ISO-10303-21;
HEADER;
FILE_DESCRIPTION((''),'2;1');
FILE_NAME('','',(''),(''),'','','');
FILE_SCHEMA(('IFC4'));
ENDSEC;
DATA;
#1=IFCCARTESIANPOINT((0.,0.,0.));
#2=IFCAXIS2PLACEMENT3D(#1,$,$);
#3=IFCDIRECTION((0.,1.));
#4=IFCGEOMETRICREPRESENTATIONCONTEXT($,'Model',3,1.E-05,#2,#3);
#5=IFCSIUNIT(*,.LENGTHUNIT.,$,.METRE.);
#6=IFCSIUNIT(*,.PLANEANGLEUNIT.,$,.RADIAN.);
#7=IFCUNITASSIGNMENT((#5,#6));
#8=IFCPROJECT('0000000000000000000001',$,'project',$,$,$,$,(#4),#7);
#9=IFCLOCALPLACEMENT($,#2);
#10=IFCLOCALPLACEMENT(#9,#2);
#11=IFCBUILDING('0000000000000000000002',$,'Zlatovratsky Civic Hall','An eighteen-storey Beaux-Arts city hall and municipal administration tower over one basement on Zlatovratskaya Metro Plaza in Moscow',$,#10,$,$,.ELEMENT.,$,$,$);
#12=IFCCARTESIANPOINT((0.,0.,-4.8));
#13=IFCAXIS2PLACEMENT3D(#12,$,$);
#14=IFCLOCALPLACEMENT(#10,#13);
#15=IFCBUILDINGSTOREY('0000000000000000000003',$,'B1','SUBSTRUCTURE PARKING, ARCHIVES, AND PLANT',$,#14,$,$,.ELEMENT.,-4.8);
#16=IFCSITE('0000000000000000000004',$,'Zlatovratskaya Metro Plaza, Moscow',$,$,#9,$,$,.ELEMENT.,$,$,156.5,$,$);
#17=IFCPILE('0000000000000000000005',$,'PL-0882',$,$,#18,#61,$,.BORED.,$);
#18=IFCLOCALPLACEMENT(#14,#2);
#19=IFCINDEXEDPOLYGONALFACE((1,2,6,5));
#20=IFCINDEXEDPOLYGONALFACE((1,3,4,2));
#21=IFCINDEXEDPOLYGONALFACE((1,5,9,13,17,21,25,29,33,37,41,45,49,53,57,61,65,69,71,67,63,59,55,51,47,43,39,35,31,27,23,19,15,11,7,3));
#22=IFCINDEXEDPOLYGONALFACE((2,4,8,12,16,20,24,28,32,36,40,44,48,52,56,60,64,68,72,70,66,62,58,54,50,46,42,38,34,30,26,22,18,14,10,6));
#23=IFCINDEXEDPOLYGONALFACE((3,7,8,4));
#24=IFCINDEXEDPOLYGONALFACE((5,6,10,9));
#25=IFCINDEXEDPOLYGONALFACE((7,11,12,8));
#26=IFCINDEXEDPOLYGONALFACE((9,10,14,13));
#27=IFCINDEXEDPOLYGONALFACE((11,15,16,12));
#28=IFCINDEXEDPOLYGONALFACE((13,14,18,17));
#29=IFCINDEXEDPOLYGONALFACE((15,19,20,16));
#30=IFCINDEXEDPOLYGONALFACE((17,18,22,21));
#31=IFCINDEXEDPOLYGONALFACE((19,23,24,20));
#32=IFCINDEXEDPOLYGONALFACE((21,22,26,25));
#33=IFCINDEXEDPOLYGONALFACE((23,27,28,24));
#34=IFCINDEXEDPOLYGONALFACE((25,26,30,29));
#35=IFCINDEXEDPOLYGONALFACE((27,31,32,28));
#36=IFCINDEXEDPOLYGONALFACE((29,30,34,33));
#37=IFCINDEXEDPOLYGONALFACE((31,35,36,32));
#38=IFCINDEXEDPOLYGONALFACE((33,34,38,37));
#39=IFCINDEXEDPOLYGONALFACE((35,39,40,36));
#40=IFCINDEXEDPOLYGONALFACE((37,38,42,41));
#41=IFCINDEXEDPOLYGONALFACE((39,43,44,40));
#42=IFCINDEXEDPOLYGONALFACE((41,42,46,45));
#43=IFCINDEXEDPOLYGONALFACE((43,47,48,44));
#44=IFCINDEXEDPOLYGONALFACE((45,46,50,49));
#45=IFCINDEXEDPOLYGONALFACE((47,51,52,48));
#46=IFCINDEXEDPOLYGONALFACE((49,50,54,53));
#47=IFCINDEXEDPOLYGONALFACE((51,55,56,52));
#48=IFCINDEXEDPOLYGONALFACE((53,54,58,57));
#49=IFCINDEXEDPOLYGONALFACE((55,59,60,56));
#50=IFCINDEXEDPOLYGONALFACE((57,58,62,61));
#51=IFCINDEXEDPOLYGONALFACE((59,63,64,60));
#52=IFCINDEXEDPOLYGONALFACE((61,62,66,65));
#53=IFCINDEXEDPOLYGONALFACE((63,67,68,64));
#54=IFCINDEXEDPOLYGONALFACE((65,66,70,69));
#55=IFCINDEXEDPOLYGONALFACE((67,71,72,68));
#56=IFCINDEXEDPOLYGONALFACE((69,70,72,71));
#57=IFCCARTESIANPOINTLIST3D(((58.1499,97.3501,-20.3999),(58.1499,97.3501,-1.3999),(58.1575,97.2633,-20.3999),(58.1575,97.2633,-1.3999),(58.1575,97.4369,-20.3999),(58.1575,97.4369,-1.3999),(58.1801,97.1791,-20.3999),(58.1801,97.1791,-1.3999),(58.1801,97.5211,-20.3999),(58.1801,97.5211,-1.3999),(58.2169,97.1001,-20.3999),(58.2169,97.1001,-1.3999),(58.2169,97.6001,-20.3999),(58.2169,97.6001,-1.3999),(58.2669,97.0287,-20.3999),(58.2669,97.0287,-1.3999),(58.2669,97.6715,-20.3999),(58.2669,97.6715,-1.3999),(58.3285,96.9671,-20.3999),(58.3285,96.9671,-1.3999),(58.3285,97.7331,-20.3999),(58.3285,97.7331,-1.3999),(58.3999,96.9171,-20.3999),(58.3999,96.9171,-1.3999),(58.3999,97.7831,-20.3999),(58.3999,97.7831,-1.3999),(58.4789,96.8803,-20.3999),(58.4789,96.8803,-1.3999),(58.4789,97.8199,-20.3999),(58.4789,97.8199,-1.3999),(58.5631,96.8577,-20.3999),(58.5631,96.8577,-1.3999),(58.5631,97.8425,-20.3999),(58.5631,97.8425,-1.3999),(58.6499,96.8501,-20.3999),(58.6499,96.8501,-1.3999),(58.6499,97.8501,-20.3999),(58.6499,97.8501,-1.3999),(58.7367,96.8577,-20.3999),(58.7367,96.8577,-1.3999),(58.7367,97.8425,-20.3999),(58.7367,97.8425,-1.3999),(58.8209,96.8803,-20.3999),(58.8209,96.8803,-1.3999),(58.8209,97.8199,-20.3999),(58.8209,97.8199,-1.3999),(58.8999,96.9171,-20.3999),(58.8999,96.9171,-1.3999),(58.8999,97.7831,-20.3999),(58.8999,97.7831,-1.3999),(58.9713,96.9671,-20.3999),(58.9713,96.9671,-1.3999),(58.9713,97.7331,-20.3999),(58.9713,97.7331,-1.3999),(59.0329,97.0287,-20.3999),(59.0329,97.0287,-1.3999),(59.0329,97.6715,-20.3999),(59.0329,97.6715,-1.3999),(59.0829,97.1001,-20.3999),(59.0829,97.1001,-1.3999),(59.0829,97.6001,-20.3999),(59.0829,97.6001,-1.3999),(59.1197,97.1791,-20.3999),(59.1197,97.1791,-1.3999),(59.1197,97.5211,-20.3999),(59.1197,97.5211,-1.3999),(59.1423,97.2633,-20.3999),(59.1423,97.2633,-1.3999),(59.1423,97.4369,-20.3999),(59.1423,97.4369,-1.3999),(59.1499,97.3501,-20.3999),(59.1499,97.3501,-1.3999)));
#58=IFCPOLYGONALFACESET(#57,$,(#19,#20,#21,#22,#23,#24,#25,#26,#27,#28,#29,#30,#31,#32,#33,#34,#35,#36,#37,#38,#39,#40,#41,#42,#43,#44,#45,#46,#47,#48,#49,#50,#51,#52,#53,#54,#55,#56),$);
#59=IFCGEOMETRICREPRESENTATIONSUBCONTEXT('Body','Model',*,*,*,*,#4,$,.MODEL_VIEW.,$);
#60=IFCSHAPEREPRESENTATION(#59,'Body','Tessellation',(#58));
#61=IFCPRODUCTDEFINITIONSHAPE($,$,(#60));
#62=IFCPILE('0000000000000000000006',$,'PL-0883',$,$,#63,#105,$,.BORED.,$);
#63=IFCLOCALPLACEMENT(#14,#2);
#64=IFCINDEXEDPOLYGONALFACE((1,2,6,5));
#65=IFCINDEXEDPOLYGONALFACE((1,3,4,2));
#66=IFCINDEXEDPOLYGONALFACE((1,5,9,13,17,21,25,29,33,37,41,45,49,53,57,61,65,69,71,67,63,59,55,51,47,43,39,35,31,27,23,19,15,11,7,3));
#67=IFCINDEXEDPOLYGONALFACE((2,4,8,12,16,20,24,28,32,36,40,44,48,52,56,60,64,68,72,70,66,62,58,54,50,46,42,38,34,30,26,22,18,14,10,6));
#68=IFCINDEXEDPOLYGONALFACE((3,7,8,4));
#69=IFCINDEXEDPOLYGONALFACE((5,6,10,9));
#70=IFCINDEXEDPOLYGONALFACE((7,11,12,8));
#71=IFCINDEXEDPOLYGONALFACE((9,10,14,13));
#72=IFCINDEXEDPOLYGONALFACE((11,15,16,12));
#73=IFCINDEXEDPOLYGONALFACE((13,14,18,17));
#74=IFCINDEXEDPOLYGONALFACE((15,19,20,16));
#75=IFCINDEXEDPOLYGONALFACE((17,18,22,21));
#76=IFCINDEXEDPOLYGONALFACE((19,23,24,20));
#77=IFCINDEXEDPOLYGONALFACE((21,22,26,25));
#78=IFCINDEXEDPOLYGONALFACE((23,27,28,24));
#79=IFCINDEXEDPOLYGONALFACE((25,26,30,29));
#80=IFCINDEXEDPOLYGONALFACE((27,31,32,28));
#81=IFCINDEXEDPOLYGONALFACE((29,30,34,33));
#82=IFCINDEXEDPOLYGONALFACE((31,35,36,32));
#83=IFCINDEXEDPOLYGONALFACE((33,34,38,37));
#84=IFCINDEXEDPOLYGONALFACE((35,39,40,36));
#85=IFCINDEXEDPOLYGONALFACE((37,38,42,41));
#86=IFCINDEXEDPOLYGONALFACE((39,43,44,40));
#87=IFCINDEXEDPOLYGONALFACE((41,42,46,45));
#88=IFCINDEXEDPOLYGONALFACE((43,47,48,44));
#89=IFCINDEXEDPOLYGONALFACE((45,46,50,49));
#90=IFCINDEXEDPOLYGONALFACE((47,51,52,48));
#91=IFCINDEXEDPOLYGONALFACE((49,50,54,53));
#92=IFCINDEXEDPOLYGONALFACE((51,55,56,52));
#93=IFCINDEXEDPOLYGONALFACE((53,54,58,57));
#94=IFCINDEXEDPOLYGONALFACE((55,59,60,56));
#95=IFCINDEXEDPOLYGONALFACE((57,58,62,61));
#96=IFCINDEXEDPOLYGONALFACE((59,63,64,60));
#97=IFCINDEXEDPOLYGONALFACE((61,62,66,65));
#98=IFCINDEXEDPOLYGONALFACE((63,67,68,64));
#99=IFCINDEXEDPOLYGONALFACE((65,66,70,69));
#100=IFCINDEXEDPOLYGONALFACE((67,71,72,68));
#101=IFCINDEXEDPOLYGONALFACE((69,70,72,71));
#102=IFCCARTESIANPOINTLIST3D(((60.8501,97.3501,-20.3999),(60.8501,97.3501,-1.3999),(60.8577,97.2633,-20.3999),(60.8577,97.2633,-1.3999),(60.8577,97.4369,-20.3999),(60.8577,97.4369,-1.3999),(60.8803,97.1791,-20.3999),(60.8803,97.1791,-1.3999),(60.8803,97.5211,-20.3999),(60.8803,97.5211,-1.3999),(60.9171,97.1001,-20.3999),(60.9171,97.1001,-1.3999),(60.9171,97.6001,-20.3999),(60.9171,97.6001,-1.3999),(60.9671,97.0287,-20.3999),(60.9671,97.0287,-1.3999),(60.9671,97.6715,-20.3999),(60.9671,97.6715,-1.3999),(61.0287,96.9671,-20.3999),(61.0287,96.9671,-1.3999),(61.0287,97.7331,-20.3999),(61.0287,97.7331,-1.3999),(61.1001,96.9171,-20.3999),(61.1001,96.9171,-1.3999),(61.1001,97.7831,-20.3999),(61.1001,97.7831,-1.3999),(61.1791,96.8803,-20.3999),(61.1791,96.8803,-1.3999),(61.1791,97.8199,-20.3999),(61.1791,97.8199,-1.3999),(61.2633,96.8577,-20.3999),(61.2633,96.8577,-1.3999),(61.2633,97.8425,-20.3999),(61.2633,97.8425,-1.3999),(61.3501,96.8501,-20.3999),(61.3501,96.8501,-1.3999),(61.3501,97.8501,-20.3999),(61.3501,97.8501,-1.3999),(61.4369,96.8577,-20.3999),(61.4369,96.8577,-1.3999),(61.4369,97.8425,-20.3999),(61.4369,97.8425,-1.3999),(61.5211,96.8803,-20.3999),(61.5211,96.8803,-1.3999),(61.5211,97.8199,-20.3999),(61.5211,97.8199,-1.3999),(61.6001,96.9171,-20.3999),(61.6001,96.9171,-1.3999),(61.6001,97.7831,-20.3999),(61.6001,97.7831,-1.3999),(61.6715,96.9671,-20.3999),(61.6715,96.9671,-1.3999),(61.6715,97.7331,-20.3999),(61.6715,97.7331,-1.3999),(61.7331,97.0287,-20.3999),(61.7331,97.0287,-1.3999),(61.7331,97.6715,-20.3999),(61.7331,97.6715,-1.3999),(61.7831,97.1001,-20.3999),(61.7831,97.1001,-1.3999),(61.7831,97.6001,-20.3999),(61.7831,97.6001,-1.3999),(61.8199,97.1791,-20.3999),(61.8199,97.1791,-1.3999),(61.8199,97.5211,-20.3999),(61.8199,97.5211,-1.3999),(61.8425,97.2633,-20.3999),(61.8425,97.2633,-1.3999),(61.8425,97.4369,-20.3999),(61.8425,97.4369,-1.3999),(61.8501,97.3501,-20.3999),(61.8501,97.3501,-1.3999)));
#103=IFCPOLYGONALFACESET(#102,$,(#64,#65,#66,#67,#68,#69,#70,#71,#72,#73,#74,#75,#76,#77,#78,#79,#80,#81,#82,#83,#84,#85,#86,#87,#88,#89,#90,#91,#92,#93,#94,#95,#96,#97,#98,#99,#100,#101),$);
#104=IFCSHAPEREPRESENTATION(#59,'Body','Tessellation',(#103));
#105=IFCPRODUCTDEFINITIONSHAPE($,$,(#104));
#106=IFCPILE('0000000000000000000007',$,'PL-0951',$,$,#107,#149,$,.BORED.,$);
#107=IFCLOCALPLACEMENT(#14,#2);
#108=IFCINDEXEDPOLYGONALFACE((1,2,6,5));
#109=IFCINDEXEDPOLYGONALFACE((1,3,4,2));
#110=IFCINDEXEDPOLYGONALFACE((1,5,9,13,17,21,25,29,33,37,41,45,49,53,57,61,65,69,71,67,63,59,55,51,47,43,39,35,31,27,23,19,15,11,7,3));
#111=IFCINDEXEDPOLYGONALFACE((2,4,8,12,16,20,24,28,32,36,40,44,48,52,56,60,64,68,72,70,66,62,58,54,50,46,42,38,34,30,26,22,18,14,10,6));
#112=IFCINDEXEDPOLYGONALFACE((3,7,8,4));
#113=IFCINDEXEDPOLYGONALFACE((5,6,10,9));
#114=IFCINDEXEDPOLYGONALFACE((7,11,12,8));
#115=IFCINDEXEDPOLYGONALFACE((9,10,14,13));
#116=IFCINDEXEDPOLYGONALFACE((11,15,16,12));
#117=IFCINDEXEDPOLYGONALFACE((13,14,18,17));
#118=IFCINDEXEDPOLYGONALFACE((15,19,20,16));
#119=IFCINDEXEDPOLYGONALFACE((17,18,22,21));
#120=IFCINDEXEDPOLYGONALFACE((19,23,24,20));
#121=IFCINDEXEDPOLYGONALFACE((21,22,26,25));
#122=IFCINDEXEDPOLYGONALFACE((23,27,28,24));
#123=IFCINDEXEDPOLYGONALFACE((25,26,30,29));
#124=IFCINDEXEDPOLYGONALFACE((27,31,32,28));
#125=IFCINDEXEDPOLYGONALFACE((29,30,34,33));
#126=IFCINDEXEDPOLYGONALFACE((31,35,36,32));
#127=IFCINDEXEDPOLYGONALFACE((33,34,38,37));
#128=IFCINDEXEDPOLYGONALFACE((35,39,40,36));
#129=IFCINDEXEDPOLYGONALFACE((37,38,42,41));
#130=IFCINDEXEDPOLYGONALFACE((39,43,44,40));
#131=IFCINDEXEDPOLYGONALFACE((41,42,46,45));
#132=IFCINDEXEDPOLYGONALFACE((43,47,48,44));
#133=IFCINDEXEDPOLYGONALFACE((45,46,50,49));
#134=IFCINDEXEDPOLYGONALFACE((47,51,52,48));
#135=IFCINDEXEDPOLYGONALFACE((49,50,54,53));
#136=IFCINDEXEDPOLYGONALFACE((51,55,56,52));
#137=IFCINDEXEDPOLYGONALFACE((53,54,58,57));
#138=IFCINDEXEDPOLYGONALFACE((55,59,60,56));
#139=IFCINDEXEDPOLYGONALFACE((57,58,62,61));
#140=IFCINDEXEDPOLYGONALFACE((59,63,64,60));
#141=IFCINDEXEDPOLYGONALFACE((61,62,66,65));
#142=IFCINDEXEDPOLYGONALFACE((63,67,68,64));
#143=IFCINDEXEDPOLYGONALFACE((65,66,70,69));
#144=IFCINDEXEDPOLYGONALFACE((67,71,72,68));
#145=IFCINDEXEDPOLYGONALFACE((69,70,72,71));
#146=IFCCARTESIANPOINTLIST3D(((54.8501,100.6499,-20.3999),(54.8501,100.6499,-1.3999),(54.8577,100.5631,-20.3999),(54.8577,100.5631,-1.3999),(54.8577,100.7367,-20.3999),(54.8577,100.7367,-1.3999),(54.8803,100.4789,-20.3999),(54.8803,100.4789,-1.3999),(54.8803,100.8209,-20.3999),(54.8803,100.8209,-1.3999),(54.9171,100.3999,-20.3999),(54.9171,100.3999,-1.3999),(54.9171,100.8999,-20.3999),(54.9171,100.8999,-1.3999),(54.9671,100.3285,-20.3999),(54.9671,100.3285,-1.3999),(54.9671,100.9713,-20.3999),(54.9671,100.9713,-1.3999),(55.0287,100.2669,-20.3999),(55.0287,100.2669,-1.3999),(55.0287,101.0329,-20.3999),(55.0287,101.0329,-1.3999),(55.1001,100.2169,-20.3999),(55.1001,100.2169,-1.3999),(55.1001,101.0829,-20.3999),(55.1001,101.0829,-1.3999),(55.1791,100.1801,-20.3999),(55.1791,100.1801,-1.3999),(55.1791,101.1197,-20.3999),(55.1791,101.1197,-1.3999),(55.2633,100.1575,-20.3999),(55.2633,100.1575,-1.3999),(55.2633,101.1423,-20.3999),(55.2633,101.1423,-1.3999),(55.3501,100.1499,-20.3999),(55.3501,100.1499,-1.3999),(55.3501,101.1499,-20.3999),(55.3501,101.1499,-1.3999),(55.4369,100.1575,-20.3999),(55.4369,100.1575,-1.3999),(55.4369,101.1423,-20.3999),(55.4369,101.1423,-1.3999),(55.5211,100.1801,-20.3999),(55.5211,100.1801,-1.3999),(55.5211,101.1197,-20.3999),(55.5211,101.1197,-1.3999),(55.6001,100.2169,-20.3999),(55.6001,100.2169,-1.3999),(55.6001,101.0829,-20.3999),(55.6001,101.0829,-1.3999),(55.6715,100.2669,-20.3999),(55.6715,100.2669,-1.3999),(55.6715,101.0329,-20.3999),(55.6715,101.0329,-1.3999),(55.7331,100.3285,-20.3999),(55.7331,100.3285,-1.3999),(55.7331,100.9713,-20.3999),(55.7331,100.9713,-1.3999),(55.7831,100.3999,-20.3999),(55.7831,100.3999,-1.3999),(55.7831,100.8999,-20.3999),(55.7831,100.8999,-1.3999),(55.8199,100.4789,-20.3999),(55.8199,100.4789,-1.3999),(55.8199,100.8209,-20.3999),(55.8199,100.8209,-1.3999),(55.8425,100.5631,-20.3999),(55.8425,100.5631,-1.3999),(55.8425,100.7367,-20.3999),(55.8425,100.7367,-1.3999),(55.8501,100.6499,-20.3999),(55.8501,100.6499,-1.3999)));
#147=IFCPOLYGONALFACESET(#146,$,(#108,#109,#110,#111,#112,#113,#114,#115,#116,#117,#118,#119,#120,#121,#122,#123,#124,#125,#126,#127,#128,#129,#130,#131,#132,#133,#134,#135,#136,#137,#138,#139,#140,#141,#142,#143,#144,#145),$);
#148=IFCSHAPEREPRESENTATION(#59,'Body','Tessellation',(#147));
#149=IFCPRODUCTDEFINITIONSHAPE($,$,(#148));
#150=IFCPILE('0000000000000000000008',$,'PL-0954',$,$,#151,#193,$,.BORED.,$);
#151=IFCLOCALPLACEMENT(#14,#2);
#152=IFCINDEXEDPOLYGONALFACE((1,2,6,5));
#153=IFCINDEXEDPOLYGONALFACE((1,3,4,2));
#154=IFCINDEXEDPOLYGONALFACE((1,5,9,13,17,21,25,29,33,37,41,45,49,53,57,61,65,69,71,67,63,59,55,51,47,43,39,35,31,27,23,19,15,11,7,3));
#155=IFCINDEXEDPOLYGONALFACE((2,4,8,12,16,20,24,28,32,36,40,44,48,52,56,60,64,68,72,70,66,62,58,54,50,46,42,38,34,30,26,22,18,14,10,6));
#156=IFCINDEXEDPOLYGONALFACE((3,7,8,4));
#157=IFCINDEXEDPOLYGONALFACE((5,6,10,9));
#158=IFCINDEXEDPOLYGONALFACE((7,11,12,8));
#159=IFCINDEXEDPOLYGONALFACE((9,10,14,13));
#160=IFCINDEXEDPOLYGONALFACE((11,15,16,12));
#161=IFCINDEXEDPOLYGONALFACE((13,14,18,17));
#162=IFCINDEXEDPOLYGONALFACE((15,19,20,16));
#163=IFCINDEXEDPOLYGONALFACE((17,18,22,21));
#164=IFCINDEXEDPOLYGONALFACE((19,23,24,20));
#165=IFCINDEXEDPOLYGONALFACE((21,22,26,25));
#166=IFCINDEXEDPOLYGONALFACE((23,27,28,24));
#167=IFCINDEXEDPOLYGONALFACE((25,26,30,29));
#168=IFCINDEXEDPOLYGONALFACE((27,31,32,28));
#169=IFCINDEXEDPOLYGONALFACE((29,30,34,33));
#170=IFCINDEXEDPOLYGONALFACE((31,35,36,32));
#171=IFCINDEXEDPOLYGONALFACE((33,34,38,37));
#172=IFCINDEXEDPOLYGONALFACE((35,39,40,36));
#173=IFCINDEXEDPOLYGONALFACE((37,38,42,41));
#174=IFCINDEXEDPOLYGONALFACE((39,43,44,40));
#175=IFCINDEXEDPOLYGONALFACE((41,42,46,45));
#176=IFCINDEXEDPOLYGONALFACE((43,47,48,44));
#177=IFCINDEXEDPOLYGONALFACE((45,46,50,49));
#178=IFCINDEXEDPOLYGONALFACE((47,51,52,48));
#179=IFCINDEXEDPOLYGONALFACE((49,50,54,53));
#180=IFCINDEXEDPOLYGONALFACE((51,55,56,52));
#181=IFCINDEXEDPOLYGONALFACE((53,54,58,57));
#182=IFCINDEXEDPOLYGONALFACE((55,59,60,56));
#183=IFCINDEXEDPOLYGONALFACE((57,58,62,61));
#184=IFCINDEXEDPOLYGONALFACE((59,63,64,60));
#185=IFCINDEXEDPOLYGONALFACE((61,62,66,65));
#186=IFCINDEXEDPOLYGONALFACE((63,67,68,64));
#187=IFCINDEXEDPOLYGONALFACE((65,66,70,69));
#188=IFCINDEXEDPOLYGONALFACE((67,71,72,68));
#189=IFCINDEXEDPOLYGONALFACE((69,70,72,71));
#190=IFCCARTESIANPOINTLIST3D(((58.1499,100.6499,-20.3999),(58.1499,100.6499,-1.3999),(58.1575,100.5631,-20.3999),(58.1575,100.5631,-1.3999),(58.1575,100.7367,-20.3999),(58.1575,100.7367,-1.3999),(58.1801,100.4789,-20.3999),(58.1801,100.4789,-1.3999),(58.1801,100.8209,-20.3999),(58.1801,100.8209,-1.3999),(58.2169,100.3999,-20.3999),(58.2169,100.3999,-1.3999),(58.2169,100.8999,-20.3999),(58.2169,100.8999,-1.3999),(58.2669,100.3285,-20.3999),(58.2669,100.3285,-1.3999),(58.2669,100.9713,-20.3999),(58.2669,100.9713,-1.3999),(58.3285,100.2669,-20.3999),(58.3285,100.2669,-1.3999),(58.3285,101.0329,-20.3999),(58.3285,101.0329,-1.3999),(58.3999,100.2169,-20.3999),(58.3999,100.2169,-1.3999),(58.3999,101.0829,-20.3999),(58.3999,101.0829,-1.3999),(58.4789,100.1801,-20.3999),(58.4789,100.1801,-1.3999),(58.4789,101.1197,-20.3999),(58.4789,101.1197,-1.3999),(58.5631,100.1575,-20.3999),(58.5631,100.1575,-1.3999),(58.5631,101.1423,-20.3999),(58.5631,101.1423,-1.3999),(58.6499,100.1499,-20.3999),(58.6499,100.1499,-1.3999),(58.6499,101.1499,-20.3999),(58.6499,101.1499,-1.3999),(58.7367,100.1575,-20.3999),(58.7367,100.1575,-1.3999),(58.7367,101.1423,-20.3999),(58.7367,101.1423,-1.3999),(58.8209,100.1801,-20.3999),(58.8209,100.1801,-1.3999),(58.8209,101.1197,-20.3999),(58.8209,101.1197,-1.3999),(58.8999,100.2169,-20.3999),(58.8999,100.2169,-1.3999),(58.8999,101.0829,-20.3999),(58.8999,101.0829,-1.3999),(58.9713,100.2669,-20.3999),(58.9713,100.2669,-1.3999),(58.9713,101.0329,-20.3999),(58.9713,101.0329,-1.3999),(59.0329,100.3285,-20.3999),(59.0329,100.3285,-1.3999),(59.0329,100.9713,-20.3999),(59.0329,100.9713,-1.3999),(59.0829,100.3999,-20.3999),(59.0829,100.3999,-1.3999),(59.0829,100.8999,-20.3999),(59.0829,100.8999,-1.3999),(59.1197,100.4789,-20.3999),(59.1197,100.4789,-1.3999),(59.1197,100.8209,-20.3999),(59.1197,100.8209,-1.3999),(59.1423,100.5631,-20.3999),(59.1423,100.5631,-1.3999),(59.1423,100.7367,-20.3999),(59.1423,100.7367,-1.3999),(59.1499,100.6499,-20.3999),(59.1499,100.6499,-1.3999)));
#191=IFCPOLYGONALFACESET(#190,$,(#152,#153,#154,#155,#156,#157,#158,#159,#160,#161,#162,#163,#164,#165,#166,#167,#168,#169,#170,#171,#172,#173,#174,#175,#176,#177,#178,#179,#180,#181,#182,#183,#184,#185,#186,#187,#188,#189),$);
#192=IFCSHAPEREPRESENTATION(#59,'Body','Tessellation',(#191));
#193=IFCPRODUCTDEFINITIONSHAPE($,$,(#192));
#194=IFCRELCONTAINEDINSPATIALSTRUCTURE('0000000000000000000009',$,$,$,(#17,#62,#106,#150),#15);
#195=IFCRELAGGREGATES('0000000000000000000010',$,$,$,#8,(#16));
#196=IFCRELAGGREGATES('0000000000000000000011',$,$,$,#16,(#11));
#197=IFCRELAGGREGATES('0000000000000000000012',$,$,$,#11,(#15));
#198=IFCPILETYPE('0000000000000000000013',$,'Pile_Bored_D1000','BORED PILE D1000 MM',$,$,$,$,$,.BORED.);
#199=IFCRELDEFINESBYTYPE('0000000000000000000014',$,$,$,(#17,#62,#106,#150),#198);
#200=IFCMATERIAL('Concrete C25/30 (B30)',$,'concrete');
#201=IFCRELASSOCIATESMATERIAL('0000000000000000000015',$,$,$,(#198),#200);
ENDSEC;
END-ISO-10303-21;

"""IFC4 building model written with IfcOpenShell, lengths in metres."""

from ifc_helpers import new_model, si_unit, direction, frame, origin, origin_2d, place, context, subcontext, project, spatial, circle, extrude, material, material_profile, profile_set, type_object, element, save


model = new_model("IFC4")

# Units and contexts
model_context = context("Model", 3, precision=1e-05, world=origin(), true_north=direction((0.0, 1.0)))
body_context = subcontext(model_context, "Body", "Model", "MODEL_VIEW")
ifc_project = project(units=[si_unit("LENGTHUNIT", "METRE"), si_unit("PLANEANGLEUNIT", "RADIAN")], contexts=[model_context])

# Site, building, storey
site_placement = place(None, origin())
site = spatial("IfcSite", under=ifc_project, at=site_placement, Name="Zlatovratskaya Metro Plaza, Moscow", CompositionType="ELEMENT", RefElevation=156.5)
building_placement = place(site_placement, origin())
building = spatial("IfcBuilding", under=site, at=building_placement, Name="Zlatovratsky Civic Hall", Description="An eighteen-storey Beaux-Arts city hall and municipal administration tower over one basement on Zlatovratskaya Metro Plaza in Moscow", CompositionType="ELEMENT")
storey_placement = place(building_placement, frame((0.0, 0.0, -4.8)))
storey = spatial("IfcBuildingStorey", under=building, at=storey_placement, Name="B1", Description="SUBSTRUCTURE PARKING, ARCHIVES, AND PLANT", CompositionType="ELEMENT", Elevation=-4.8)

# Shared definitions
ifc_material_1 = material(Name="Concrete C25/30 (B30)", Category="concrete")

# Piles
ifc_material_profile_1 = material_profile(ifc_material_1, circle(Radius=0.5, at=origin_2d()), Name="PILE D1000")
ifc_profile_set_1 = profile_set([ifc_material_profile_1], Name="Concrete C25/30 (B30)")
pile_type = type_object("IfcPileType", Name="Pile_Bored_D1000", Description="BORED PILE D1000 MM", PredefinedType="BORED", material=ifc_profile_set_1)
for number, where, z_axis, x_axis, name in (
    (1, (58.6499, 97.3501, -1.3999), (0.0, 0.0, -1.0), (1.0, 0.0, 0.0), "PL-0882"),
    (2, (61.3501, 97.3501, -1.3999), (0.0, 0.0, -1.0), (1.0, 0.0, 0.0), "PL-0883"),
    (3, (55.3501, 100.6499, -1.3999), (0.0, 0.0, -1.0), (1.0, 0.0, 0.0), "PL-0951"),
    (4, (58.6499, 100.6499, -1.3999), (0.0, 0.0, -1.0), (1.0, 0.0, 0.0), "PL-0954"),
):
    element("IfcPile", number, at=place(storey_placement, frame(where, z_axis=z_axis, x_axis=x_axis)), inside=storey, type_object=pile_type, Name=name, PredefinedType="BORED", context=body_context, shape_type="SweptSolid", body=[
        extrude(circle(Radius=0.5, at=origin_2d()), origin(), (0.0, 0.0, 1.0), 19.0),
    ])

save(model, "model.ifc")
